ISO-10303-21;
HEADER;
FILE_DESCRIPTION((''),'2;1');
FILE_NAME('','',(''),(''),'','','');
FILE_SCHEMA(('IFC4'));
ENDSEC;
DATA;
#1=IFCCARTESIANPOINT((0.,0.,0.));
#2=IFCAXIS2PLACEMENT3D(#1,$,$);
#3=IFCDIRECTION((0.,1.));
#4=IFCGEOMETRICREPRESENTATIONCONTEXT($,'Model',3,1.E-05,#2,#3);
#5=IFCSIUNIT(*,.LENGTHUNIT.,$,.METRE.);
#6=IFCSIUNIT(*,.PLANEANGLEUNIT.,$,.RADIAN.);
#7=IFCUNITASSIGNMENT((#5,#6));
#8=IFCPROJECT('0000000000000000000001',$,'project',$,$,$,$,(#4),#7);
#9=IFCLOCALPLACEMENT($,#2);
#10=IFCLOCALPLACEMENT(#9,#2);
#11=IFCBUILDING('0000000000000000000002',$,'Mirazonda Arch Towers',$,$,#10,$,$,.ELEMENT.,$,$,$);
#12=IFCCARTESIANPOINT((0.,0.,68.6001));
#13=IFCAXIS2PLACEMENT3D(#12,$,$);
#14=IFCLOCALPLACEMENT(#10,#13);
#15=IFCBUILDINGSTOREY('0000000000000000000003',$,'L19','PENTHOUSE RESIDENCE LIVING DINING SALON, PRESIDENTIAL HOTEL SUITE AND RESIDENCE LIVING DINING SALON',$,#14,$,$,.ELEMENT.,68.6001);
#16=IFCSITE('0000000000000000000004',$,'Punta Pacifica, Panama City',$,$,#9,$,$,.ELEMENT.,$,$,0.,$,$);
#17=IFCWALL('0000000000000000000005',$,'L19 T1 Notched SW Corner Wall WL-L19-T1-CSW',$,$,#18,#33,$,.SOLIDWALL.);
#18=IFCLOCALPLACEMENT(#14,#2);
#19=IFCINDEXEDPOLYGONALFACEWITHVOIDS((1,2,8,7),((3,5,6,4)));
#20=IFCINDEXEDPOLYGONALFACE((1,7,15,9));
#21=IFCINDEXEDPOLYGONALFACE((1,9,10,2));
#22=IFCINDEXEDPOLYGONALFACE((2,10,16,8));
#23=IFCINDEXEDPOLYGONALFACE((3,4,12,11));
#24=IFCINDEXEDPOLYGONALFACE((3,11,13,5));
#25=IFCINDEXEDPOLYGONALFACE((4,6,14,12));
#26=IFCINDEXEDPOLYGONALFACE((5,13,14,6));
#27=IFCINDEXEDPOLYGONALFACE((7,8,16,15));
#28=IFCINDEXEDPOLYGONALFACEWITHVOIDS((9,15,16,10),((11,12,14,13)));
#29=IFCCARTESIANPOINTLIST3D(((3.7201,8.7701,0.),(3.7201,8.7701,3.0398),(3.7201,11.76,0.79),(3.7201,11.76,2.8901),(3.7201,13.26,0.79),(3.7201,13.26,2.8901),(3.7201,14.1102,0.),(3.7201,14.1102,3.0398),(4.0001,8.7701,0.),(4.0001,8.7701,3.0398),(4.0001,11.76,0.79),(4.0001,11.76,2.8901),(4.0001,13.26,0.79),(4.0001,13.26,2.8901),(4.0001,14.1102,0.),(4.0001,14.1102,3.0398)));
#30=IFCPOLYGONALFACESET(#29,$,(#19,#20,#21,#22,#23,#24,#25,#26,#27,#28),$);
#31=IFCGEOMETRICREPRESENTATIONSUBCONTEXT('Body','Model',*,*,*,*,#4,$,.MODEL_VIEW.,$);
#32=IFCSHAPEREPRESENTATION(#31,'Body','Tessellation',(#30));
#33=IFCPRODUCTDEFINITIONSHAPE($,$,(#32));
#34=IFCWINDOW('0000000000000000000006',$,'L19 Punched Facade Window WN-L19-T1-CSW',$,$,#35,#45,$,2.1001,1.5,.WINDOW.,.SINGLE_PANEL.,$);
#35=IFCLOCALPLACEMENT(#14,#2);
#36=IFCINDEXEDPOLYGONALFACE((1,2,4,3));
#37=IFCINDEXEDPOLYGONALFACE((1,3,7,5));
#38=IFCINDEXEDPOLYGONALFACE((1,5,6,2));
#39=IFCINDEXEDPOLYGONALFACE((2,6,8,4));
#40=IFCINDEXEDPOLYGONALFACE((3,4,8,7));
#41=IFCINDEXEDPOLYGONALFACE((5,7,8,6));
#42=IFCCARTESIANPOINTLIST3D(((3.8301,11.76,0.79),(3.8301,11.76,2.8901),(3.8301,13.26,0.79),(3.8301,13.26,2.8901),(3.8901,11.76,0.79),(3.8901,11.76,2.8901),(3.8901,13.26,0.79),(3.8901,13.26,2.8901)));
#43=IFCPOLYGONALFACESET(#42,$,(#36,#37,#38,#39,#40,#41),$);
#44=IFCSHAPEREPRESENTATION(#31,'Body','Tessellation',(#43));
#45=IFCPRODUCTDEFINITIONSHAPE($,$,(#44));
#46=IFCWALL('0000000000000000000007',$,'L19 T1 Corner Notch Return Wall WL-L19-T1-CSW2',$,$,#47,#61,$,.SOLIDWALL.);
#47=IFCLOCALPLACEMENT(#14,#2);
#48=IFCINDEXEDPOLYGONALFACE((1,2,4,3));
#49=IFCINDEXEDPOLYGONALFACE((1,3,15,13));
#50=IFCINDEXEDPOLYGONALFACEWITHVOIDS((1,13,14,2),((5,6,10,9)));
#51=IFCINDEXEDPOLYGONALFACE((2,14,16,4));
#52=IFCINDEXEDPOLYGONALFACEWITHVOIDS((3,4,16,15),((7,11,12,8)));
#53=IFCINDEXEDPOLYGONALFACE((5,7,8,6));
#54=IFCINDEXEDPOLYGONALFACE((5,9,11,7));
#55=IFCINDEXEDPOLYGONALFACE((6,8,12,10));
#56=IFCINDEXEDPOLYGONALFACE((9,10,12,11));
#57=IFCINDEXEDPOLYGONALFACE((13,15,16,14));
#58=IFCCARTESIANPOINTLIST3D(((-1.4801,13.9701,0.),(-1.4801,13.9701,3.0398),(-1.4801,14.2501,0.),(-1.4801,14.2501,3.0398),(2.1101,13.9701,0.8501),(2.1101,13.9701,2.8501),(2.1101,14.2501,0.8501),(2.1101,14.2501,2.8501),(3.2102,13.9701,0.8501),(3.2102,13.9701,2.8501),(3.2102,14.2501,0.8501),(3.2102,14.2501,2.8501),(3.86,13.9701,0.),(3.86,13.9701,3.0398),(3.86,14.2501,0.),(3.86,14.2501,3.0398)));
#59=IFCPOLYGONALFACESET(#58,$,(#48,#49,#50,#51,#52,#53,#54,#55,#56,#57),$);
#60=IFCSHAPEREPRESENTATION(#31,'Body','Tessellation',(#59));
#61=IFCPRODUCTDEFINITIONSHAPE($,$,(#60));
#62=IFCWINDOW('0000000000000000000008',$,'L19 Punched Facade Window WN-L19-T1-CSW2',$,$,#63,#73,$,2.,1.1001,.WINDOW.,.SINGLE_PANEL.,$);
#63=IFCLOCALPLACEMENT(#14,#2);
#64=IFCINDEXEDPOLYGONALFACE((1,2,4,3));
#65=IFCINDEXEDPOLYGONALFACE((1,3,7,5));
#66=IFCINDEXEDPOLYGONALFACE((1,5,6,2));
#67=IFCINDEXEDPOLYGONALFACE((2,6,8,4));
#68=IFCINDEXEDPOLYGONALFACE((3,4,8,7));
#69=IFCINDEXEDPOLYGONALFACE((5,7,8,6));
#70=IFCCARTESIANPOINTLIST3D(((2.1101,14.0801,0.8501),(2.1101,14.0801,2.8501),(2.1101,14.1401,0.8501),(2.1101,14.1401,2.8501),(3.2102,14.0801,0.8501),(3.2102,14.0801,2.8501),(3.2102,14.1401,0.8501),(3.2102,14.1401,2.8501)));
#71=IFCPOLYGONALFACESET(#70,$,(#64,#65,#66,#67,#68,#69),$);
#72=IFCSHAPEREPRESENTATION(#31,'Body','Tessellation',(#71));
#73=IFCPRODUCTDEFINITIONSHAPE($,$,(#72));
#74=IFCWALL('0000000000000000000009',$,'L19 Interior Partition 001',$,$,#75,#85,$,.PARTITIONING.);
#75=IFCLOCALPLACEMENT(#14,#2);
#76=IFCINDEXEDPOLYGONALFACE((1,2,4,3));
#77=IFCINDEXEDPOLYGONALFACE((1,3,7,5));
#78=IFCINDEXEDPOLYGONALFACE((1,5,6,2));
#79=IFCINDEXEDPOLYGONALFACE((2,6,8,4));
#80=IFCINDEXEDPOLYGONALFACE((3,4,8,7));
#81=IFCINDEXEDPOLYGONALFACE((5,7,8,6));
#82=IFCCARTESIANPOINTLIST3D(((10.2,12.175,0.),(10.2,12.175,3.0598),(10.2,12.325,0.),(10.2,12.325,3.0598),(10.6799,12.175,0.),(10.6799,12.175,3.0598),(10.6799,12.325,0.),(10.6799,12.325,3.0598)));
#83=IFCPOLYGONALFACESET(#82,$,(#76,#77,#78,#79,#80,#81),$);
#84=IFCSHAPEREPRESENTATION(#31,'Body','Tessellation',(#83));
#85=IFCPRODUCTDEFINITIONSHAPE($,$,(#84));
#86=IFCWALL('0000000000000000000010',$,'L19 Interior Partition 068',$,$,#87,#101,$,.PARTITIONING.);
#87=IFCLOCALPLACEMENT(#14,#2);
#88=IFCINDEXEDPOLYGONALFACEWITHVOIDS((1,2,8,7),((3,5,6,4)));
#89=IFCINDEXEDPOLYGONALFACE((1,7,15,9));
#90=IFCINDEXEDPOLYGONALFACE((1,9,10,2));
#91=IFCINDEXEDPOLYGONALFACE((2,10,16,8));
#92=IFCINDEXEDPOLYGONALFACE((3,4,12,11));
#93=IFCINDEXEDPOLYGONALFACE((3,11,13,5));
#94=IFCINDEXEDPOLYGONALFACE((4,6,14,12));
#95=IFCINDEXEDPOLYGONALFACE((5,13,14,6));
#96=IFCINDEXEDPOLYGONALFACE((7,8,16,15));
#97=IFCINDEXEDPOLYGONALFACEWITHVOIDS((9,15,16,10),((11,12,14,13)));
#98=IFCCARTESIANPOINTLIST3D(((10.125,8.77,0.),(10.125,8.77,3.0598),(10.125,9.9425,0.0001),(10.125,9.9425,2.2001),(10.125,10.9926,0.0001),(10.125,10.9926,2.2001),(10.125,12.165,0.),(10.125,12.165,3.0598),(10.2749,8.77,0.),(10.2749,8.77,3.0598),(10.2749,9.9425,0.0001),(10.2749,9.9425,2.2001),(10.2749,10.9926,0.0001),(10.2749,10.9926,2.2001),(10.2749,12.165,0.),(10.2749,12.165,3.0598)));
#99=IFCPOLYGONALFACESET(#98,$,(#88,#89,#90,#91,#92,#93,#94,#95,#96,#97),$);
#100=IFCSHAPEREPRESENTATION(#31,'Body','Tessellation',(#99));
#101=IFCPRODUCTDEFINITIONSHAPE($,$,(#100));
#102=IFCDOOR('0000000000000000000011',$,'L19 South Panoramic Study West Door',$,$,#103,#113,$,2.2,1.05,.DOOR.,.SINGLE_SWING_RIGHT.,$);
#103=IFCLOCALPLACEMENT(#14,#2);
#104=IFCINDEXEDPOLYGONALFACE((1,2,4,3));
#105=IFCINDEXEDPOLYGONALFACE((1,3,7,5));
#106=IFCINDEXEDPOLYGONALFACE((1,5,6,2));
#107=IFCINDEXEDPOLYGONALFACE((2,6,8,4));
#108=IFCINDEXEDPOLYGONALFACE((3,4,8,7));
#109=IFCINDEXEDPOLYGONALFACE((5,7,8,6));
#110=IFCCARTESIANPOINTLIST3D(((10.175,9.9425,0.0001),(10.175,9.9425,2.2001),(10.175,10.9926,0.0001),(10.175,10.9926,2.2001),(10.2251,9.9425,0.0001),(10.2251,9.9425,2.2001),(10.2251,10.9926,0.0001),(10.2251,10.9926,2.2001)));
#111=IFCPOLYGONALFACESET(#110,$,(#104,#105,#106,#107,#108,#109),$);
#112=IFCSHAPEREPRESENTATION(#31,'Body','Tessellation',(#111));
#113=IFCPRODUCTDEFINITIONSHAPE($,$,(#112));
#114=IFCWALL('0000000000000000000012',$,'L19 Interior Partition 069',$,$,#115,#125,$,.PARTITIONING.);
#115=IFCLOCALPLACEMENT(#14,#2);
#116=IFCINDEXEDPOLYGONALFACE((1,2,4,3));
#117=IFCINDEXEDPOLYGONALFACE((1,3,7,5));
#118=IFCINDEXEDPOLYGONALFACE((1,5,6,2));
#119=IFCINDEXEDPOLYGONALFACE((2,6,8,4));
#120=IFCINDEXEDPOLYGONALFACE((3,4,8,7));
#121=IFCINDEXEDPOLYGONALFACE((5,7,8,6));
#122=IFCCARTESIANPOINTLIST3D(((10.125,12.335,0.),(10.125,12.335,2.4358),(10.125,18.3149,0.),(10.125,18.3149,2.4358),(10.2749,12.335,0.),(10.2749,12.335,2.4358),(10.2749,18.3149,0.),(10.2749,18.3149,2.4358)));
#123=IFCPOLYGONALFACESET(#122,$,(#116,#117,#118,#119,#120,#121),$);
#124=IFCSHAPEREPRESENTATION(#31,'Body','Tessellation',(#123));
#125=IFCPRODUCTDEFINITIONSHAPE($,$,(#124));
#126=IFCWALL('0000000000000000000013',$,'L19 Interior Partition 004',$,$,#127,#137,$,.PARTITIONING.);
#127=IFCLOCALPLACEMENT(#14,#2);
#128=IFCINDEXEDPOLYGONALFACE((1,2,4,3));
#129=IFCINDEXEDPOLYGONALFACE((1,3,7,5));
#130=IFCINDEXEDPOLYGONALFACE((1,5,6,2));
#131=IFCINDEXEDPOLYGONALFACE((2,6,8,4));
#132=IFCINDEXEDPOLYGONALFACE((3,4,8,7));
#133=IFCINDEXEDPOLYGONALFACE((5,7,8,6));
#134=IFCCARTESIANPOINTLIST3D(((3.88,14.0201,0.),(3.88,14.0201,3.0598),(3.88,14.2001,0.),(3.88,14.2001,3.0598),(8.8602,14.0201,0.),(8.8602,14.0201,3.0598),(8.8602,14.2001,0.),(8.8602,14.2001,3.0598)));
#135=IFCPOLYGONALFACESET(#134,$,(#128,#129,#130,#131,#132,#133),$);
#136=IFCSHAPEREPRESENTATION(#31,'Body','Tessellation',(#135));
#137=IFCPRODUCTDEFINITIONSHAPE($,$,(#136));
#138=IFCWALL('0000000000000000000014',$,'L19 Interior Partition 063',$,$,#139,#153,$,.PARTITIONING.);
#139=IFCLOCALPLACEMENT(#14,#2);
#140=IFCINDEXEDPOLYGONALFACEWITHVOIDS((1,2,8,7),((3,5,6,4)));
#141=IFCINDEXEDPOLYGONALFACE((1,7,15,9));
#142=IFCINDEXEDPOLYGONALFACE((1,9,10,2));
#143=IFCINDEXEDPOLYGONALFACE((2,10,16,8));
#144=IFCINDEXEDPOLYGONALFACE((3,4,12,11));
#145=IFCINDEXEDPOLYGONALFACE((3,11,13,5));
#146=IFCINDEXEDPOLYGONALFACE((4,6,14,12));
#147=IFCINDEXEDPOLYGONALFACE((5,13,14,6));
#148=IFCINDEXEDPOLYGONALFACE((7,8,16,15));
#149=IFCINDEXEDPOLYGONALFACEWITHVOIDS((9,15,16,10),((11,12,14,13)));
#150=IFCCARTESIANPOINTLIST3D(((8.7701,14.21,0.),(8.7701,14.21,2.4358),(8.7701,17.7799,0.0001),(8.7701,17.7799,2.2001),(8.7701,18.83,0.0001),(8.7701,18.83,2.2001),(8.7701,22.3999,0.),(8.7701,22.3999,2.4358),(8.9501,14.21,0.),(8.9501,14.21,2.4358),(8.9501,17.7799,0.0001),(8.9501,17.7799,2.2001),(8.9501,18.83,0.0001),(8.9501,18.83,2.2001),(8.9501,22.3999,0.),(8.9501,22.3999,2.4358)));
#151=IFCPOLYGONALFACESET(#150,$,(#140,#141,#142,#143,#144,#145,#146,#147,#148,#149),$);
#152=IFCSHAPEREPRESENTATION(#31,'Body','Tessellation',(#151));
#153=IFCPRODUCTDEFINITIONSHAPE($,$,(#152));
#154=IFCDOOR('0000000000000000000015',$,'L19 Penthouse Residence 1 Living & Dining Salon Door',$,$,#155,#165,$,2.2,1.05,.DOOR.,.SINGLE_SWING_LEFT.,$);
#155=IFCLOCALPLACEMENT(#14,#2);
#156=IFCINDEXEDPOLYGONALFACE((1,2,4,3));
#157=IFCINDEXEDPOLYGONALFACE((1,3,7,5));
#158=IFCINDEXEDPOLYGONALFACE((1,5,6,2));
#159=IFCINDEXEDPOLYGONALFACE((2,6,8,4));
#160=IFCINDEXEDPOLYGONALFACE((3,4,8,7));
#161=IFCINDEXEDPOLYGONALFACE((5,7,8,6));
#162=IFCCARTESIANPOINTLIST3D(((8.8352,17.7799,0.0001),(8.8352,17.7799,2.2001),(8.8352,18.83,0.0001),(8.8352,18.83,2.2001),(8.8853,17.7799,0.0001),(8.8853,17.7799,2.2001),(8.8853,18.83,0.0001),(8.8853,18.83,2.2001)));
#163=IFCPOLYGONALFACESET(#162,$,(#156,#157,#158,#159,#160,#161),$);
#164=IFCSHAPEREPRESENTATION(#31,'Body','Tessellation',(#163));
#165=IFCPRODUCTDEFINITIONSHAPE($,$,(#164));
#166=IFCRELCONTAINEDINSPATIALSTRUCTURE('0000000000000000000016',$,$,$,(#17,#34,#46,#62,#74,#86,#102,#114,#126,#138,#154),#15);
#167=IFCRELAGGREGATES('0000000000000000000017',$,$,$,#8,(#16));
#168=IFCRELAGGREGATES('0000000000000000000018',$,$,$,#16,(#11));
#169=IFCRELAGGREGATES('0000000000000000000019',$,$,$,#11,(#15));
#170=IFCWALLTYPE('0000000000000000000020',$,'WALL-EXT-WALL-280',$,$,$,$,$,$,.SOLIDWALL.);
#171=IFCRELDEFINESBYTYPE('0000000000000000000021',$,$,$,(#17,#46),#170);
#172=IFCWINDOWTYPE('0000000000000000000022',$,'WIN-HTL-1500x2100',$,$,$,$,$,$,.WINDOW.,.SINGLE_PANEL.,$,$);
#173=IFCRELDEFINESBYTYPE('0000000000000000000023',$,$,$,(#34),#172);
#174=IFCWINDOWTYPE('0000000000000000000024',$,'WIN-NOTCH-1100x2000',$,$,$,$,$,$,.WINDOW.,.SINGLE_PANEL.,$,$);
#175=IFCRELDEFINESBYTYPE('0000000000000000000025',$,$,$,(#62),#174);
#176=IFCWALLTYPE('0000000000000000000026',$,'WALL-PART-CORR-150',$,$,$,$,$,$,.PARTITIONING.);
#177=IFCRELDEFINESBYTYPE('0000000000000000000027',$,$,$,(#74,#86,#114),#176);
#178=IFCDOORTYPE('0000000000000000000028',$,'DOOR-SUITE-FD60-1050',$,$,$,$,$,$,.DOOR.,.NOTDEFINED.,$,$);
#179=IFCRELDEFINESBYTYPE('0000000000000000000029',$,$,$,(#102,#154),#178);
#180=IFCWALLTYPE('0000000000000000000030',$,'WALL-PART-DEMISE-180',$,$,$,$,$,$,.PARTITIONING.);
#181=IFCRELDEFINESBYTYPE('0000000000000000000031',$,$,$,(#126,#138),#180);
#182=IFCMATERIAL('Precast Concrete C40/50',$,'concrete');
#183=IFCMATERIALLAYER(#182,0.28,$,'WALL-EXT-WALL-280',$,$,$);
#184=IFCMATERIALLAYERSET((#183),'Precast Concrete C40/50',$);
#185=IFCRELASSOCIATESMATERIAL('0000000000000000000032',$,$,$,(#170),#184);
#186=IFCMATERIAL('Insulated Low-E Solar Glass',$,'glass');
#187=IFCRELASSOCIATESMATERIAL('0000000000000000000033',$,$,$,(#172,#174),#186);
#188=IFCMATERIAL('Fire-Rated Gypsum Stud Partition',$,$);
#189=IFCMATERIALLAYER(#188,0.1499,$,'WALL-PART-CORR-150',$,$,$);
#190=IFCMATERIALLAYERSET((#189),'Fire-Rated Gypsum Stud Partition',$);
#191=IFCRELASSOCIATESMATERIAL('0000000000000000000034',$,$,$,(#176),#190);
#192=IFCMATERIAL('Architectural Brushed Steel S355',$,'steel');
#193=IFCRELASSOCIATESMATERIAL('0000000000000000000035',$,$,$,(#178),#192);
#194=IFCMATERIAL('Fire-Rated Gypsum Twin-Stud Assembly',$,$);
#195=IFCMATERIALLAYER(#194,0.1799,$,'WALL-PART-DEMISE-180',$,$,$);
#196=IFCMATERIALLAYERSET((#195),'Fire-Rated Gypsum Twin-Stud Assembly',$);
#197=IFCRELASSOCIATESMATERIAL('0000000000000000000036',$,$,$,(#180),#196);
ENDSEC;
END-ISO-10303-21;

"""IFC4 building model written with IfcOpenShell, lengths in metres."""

from ifc_helpers import new_model, si_unit, direction, frame, frame_2d, origin, place, context, subcontext, project, spatial, rectangle, extrude, material, layer, layer_set, type_object, element, fill, save


model = new_model("IFC4")

# Units and contexts
model_context = context("Model", 3, precision=1e-05, world=origin(), true_north=direction((0.0, 1.0)))
body_context = subcontext(model_context, "Body", "Model", "MODEL_VIEW")
ifc_project = project(units=[si_unit("LENGTHUNIT", "METRE"), si_unit("PLANEANGLEUNIT", "RADIAN")], contexts=[model_context])

# Site, building, storey
site_placement = place(None, origin())
site = spatial("IfcSite", under=ifc_project, at=site_placement, Name="Punta Pacifica, Panama City", CompositionType="ELEMENT", RefElevation=0.0)
building_placement = place(site_placement, origin())
building = spatial("IfcBuilding", under=site, at=building_placement, Name="Mirazonda Arch Towers", CompositionType="ELEMENT")
storey_placement = place(building_placement, frame((0.0, 0.0, 68.6001)))
storey = spatial("IfcBuildingStorey", under=building, at=storey_placement, Name="L19", Description="PENTHOUSE RESIDENCE LIVING DINING SALON, PRESIDENTIAL HOTEL SUITE AND RESIDENCE LIVING DINING SALON", CompositionType="ELEMENT", Elevation=68.6001)

# Shared definitions
ifc_material_1 = material(Name="Insulated Low-E Solar Glass", Category="glass")

# Walls, openings, windows
ifc_material_2 = material(Name="Precast Concrete C40/50", Category="concrete")
ifc_layer_1 = layer(ifc_material_2, 0.28, Name="WALL-EXT-WALL-280")
ifc_layer_set_1 = layer_set([ifc_layer_1], Name="Precast Concrete C40/50")
wall_type_1 = type_object("IfcWallType", Name="WALL-EXT-WALL-280", PredefinedType="SOLIDWALL", material=ifc_layer_set_1)
wall_1_placement = place(storey_placement, frame((3.8601, 14.1101, 0.0), z_axis=(0.0, 0.0, 1.0), x_axis=(0.0, -1.0, 0.0)))
wall_1 = element("IfcWall", 1, at=wall_1_placement, inside=storey, type_object=wall_type_1, Name="L19 T1 Notched SW Corner Wall WL-L19-T1-CSW", PredefinedType="SOLIDWALL", context=body_context, shape_type="SweptSolid", body=[
    extrude(rectangle(XDim=5.3401, YDim=0.28, at=frame_2d((2.6699, 0.0))), origin(), (0.0, 0.0, 1.0), 3.0398),
])
opening_1_placement = place(wall_1_placement, frame((0.8501, 0.0, 0.79)))
opening_1 = element("IfcOpeningElement", 2, at=opening_1_placement, cuts=wall_1, PredefinedType="OPENING", context=body_context, shape_type="SweptSolid", body=[
    extrude(rectangle(XDim=1.5, YDim=2.1001, at=frame_2d((0.75, 1.05))), frame((0.0, 0.1499, 0.0), z_axis=(0.0, -1.0, 0.0), x_axis=(1.0, 0.0, 0.0)), (0.0, 0.0, 1.0), 0.3),
])
window_type_1 = type_object("IfcWindowType", Name="WIN-HTL-1500x2100", PartitioningType="SINGLE_PANEL", PredefinedType="WINDOW", material=ifc_material_1)
window_1_placement = place(opening_1_placement, origin())
window_1 = element("IfcWindow", 3, at=window_1_placement, inside=storey, type_object=window_type_1, Name="L19 Punched Facade Window WN-L19-T1-CSW", OverallHeight=2.1001, OverallWidth=1.5, PartitioningType="SINGLE_PANEL", PredefinedType="WINDOW", context=body_context, shape_type="SweptSolid", body=[
    extrude(rectangle(XDim=1.5, YDim=2.1001, at=frame_2d((0.75, 1.05))), frame((0.0, 0.03, 0.0), z_axis=(0.0, -1.0, 0.0), x_axis=(1.0, 0.0, 0.0)), (0.0, 0.0, 1.0), 0.0601),
])
fill(opening_1, window_1)
wall_2_placement = place(storey_placement, frame((-1.48, 14.1101, 0.0), z_axis=(0.0, 0.0, 1.0), x_axis=(1.0, 0.0, 0.0)))
wall_2 = element("IfcWall", 4, at=wall_2_placement, inside=storey, type_object=wall_type_1, Name="L19 T1 Corner Notch Return Wall WL-L19-T1-CSW2", PredefinedType="SOLIDWALL", context=body_context, shape_type="SweptSolid", body=[
    extrude(rectangle(XDim=5.3401, YDim=0.28, at=frame_2d((2.6699, 0.0))), origin(), (0.0, 0.0, 1.0), 3.0398),
])
opening_2_placement = place(wall_2_placement, frame((3.5901, 0.0, 0.8501)))
opening_2 = element("IfcOpeningElement", 5, at=opening_2_placement, cuts=wall_2, PredefinedType="OPENING", context=body_context, shape_type="SweptSolid", body=[
    extrude(rectangle(XDim=1.1001, YDim=2.0, at=frame_2d((0.55, 1.0))), frame((0.0, 0.1499, 0.0), z_axis=(0.0, -1.0, 0.0), x_axis=(1.0, 0.0, 0.0)), (0.0, 0.0, 1.0), 0.3),
])
window_type_2 = type_object("IfcWindowType", Name="WIN-NOTCH-1100x2000", PartitioningType="SINGLE_PANEL", PredefinedType="WINDOW", material=ifc_material_1)
window_2_placement = place(opening_2_placement, origin())
window_2 = element("IfcWindow", 6, at=window_2_placement, inside=storey, type_object=window_type_2, Name="L19 Punched Facade Window WN-L19-T1-CSW2", OverallHeight=2.0, OverallWidth=1.1001, PartitioningType="SINGLE_PANEL", PredefinedType="WINDOW", context=body_context, shape_type="SweptSolid", body=[
    extrude(rectangle(XDim=1.1001, YDim=2.0, at=frame_2d((0.55, 1.0))), frame((0.0, 0.03, 0.0), z_axis=(0.0, -1.0, 0.0), x_axis=(1.0, 0.0, 0.0)), (0.0, 0.0, 1.0), 0.0601),
])
fill(opening_2, window_2)

# Wall
ifc_material_3 = material(Name="Fire-Rated Gypsum Stud Partition")
ifc_layer_2 = layer(ifc_material_3, 0.1499, Name="WALL-PART-CORR-150")
ifc_layer_set_2 = layer_set([ifc_layer_2], Name="Fire-Rated Gypsum Stud Partition")
wall_type_2 = type_object("IfcWallType", Name="WALL-PART-CORR-150", PredefinedType="PARTITIONING", material=ifc_layer_set_2)
wall_3_placement = place(storey_placement, frame((10.2, 12.25, 0.0), z_axis=(0.0, 0.0, 1.0), x_axis=(1.0, 0.0, 0.0)))
element("IfcWall", 7, at=wall_3_placement, inside=storey, type_object=wall_type_2, Name="L19 Interior Partition 001", PredefinedType="PARTITIONING", context=body_context, shape_type="SweptSolid", body=[
    extrude(rectangle(XDim=0.48, YDim=0.1499, at=frame_2d((0.24, 0.0))), origin(), (0.0, 0.0, 1.0), 3.0598),
])

# Wall, opening, door
wall_4_placement = place(storey_placement, frame((10.2, 8.77, 0.0), z_axis=(0.0, 0.0, 1.0), x_axis=(0.0, 1.0, 0.0)))
wall_4 = element("IfcWall", 8, at=wall_4_placement, inside=storey, type_object=wall_type_2, Name="L19 Interior Partition 068", PredefinedType="PARTITIONING", context=body_context, shape_type="SweptSolid", body=[
    extrude(rectangle(XDim=3.395, YDim=0.1499, at=frame_2d((1.6975, 0.0))), origin(), (0.0, 0.0, 1.0), 3.0598),
])
opening_3_placement = place(wall_4_placement, frame((1.1726, 0.0, 0.0)))
opening_3 = element("IfcOpeningElement", 9, at=opening_3_placement, cuts=wall_4, PredefinedType="OPENING", context=body_context, shape_type="SweptSolid", body=[
    extrude(rectangle(XDim=1.05, YDim=2.2, at=frame_2d((0.5249, 1.1001))), frame((0.0, 0.085, 0.0), z_axis=(0.0, -1.0, 0.0), x_axis=(1.0, 0.0, 0.0)), (0.0, 0.0, 1.0), 0.1699),
])
ifc_material_4 = material(Name="Architectural Brushed Steel S355", Category="steel")
door_type_1 = type_object("IfcDoorType", Name="DOOR-SUITE-FD60-1050", OperationType="NOTDEFINED", PredefinedType="DOOR", material=ifc_material_4)
door_1_placement = place(opening_3_placement, origin())
door_1 = element("IfcDoor", 10, at=door_1_placement, inside=storey, type_object=door_type_1, Name="L19 South Panoramic Study West Door", OperationType="SINGLE_SWING_RIGHT", OverallHeight=2.2, OverallWidth=1.05, PredefinedType="DOOR", context=body_context, shape_type="SweptSolid", body=[
    extrude(rectangle(XDim=1.05, YDim=2.2, at=frame_2d((0.5249, 1.1001))), frame((0.0, 0.0249, 0.0), z_axis=(0.0, -1.0, 0.0), x_axis=(1.0, 0.0, 0.0)), (0.0, 0.0, 1.0), 0.05),
])
fill(opening_3, door_1)

# Walls
wall_5_placement = place(storey_placement, frame((10.2, 12.335, 0.0), z_axis=(0.0, 0.0, 1.0), x_axis=(0.0, 1.0, 0.0)))
element("IfcWall", 11, at=wall_5_placement, inside=storey, type_object=wall_type_2, Name="L19 Interior Partition 069", PredefinedType="PARTITIONING", context=body_context, shape_type="SweptSolid", body=[
    extrude(rectangle(XDim=5.98, YDim=0.1499, at=frame_2d((2.99, 0.0))), origin(), (0.0, 0.0, 1.0), 2.4358),
])
ifc_material_5 = material(Name="Fire-Rated Gypsum Twin-Stud Assembly")
ifc_layer_3 = layer(ifc_material_5, 0.1799, Name="WALL-PART-DEMISE-180")
ifc_layer_set_3 = layer_set([ifc_layer_3], Name="Fire-Rated Gypsum Twin-Stud Assembly")
wall_type_3 = type_object("IfcWallType", Name="WALL-PART-DEMISE-180", PredefinedType="PARTITIONING", material=ifc_layer_set_3)
wall_6_placement = place(storey_placement, frame((3.8799, 14.1101, 0.0), z_axis=(0.0, 0.0, 1.0), x_axis=(1.0, 0.0, 0.0)))
element("IfcWall", 12, at=wall_6_placement, inside=storey, type_object=wall_type_3, Name="L19 Interior Partition 004", PredefinedType="PARTITIONING", context=body_context, shape_type="SweptSolid", body=[
    extrude(rectangle(XDim=4.9802, YDim=0.1799, at=frame_2d((2.4902, 0.0))), origin(), (0.0, 0.0, 1.0), 3.0598),
])

# Wall, opening, door
wall_7_placement = place(storey_placement, frame((8.8601, 14.21, 0.0), z_axis=(0.0, 0.0, 1.0), x_axis=(0.0, 1.0, 0.0)))
wall_7 = element("IfcWall", 13, at=wall_7_placement, inside=storey, type_object=wall_type_3, Name="L19 Interior Partition 063", PredefinedType="PARTITIONING", context=body_context, shape_type="SweptSolid", body=[
    extrude(rectangle(XDim=8.1899, YDim=0.1799, at=frame_2d((4.095, 0.0))), origin(), (0.0, 0.0, 1.0), 2.4358),
])
opening_4_placement = place(wall_7_placement, frame((3.5701, 0.0, 0.0)))
opening_4 = element("IfcOpeningElement", 14, at=opening_4_placement, cuts=wall_7, PredefinedType="OPENING", context=body_context, shape_type="SweptSolid", body=[
    extrude(rectangle(XDim=1.05, YDim=2.2, at=frame_2d((0.5249, 1.1001))), frame((0.0, 0.0999, 0.0), z_axis=(0.0, -1.0, 0.0), x_axis=(1.0, 0.0, 0.0)), (0.0, 0.0, 1.0), 0.2),
])
door_2_placement = place(opening_4_placement, origin())
door_2 = element("IfcDoor", 15, at=door_2_placement, inside=storey, type_object=door_type_1, Name="L19 Penthouse Residence 1 Living & Dining Salon Door", OperationType="SINGLE_SWING_LEFT", OverallHeight=2.2, OverallWidth=1.05, PredefinedType="DOOR", context=body_context, shape_type="SweptSolid", body=[
    extrude(rectangle(XDim=1.05, YDim=2.2, at=frame_2d((0.5249, 1.1001))), frame((0.0, 0.0249, 0.0), z_axis=(0.0, -1.0, 0.0), x_axis=(1.0, 0.0, 0.0)), (0.0, 0.0, 1.0), 0.05),
])
fill(opening_4, door_2)

save(model, "model.ifc")
